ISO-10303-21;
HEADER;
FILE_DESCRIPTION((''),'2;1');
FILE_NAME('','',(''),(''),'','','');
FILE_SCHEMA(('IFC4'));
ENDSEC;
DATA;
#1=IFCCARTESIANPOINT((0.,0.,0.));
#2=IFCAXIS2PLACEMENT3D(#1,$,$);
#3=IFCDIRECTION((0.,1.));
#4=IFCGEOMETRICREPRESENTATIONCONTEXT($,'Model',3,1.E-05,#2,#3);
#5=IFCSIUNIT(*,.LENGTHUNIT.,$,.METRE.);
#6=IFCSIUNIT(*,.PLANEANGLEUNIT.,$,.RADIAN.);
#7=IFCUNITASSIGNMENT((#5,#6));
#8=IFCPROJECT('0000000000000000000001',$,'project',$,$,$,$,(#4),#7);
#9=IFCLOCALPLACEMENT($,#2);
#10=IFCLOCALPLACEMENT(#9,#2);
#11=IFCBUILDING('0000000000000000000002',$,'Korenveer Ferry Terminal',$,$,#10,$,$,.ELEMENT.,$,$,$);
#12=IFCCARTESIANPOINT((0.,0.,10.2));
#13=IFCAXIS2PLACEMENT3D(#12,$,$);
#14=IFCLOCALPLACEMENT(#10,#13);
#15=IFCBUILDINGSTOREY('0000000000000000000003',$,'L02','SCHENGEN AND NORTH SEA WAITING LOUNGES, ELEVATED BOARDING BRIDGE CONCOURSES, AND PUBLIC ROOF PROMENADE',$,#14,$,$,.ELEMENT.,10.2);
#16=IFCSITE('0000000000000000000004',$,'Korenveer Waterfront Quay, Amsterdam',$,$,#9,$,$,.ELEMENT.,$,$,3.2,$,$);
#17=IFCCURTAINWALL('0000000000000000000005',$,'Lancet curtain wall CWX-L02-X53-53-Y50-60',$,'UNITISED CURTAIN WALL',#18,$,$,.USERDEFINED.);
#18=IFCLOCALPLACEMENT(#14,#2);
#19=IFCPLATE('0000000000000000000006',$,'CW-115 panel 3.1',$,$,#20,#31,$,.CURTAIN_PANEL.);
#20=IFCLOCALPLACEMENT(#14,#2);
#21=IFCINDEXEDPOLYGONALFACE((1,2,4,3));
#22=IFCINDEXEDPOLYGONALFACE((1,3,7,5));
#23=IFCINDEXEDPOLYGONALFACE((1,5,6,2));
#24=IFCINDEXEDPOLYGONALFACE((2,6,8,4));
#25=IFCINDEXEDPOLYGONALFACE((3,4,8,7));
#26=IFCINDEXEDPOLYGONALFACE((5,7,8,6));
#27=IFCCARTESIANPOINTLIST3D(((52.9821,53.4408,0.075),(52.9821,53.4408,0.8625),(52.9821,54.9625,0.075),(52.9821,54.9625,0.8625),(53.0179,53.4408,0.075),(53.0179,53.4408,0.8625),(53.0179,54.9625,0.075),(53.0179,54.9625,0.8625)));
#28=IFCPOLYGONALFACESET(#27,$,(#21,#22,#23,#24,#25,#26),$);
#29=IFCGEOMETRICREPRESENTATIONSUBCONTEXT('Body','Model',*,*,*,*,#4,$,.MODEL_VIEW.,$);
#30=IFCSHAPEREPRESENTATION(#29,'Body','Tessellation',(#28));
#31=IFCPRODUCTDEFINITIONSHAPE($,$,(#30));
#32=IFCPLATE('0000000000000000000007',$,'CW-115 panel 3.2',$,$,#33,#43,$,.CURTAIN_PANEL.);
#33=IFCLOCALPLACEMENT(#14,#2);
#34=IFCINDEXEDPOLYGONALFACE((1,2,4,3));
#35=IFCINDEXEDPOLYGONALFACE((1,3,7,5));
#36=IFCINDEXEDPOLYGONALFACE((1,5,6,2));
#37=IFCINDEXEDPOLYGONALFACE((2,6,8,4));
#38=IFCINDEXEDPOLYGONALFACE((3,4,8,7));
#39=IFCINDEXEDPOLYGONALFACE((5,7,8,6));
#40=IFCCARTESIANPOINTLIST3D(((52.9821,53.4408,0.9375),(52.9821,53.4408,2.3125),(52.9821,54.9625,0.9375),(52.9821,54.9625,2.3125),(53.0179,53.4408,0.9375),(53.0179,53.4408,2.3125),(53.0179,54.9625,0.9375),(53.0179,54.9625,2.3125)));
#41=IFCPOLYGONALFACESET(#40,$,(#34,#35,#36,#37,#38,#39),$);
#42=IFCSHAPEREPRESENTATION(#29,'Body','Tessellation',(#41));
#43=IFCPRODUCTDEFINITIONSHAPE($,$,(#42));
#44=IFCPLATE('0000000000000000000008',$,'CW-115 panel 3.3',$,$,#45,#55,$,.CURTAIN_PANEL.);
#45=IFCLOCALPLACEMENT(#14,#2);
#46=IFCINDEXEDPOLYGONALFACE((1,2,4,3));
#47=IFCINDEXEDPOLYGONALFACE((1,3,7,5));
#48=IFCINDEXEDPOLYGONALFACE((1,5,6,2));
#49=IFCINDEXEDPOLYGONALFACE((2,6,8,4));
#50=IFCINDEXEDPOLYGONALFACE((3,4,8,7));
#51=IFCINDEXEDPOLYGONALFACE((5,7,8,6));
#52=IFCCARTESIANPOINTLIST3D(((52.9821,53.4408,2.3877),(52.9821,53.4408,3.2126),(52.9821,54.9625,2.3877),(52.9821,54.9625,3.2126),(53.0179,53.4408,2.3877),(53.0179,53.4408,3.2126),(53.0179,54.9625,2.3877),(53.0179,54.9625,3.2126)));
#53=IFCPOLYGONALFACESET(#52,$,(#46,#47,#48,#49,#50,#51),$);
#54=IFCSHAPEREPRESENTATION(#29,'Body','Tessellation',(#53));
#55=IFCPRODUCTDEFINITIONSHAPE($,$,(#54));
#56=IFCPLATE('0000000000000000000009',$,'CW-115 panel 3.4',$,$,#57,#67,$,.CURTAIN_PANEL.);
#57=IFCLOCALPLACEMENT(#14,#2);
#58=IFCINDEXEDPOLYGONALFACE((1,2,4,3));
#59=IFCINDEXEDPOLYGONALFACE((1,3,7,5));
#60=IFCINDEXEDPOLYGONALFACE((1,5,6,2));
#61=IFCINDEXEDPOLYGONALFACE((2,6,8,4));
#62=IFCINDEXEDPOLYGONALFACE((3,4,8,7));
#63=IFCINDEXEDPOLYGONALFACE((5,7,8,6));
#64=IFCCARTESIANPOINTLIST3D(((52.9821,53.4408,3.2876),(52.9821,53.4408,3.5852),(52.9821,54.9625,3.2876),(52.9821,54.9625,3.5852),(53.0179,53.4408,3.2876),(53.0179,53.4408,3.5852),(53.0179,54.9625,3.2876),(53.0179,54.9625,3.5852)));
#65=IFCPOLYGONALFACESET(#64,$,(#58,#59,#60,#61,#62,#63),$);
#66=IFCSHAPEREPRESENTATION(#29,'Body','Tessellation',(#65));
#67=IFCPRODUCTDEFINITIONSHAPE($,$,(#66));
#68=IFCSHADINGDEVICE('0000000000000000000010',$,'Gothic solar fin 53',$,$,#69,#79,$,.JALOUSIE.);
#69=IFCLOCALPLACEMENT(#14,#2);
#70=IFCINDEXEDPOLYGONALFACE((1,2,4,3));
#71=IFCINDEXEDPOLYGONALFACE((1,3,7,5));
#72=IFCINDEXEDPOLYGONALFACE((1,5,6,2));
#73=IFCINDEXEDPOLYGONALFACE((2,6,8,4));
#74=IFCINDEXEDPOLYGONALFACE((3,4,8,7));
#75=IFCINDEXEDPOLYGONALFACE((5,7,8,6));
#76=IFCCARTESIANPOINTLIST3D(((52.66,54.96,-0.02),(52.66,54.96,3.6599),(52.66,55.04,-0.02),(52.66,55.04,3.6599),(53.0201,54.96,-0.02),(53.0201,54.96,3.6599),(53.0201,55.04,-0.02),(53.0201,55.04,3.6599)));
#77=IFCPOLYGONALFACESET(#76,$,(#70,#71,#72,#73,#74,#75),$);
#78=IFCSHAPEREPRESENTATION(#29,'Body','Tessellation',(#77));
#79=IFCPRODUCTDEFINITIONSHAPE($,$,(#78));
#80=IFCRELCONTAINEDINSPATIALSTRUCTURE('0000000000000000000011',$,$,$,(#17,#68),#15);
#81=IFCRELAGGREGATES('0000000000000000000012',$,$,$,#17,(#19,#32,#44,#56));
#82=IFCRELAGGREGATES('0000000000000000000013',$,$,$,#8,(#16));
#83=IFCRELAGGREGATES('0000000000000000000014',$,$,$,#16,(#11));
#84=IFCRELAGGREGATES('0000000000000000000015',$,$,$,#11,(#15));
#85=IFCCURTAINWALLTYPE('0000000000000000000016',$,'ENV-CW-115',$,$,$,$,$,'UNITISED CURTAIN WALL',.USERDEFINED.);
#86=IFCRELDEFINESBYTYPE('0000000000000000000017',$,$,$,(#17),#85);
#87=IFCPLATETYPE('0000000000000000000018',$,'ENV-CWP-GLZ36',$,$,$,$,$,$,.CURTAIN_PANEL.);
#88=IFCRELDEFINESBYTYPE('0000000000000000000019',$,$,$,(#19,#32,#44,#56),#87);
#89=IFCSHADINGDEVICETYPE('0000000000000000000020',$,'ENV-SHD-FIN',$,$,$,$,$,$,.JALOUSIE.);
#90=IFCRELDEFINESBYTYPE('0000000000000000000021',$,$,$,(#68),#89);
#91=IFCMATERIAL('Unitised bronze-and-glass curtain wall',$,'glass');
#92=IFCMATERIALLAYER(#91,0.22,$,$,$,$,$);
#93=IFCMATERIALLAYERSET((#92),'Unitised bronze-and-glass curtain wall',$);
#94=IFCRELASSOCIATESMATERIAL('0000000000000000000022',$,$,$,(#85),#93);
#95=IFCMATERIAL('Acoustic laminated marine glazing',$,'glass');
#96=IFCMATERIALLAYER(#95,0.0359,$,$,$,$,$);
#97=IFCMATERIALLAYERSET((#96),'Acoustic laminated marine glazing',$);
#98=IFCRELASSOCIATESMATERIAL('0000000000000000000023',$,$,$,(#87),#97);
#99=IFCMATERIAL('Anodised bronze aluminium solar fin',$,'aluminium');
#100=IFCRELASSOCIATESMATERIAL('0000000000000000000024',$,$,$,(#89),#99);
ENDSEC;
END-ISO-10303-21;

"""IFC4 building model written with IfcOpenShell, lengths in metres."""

from ifc_helpers import new_model, si_unit, direction, frame, origin, origin_2d, place, context, subcontext, project, spatial, rectangle, extrude, material, layer, layer_set, type_object, element, aggregate, save


model = new_model("IFC4")

# Units and contexts
model_context = context("Model", 3, precision=1e-05, world=origin(), true_north=direction((0.0, 1.0)))
body_context = subcontext(model_context, "Body", "Model", "MODEL_VIEW")
ifc_project = project(units=[si_unit("LENGTHUNIT", "METRE"), si_unit("PLANEANGLEUNIT", "RADIAN")], contexts=[model_context])

# Site, building, storey
site_placement = place(None, origin())
site = spatial("IfcSite", under=ifc_project, at=site_placement, Name="Korenveer Waterfront Quay, Amsterdam", CompositionType="ELEMENT", RefElevation=3.2)
building_placement = place(site_placement, origin())
building = spatial("IfcBuilding", under=site, at=building_placement, Name="Korenveer Ferry Terminal", CompositionType="ELEMENT")
storey_placement = place(building_placement, frame((0.0, 0.0, 10.2)))
storey = spatial("IfcBuildingStorey", under=building, at=storey_placement, Name="L02", Description="SCHENGEN AND NORTH SEA WAITING LOUNGES, ELEVATED BOARDING BRIDGE CONCOURSES, AND PUBLIC ROOF PROMENADE", CompositionType="ELEMENT", Elevation=10.2)

# Curtain wall, plates
ifc_material_1 = material(Name="Unitised bronze-and-glass curtain wall", Category="glass")
ifc_layer_1 = layer(ifc_material_1, 0.22)
ifc_layer_set_1 = layer_set([ifc_layer_1], Name="Unitised bronze-and-glass curtain wall")
curtain_wall_type = type_object("IfcCurtainWallType", Name="ENV-CW-115", ElementType="UNITISED CURTAIN WALL", PredefinedType="USERDEFINED", material=ifc_layer_set_1)
curtain_wall_placement = place(storey_placement, frame((53.0, 50.21, 0.0)))
curtain_wall = element("IfcCurtainWall", 1, at=curtain_wall_placement, inside=storey, type_object=curtain_wall_type, Name="Lancet curtain wall CWX-L02-X53-53-Y50-60", ObjectType="UNITISED CURTAIN WALL", PredefinedType="USERDEFINED")
ifc_material_2 = material(Name="Acoustic laminated marine glazing", Category="glass")
ifc_layer_2 = layer(ifc_material_2, 0.0359)
ifc_layer_set_2 = layer_set([ifc_layer_2], Name="Acoustic laminated marine glazing")
plate_type = type_object("IfcPlateType", Name="ENV-CWP-GLZ36", PredefinedType="CURTAIN_PANEL", material=ifc_layer_set_2)
plate_1_placement = place(storey_placement, frame((53.0, 54.2017, 0.075), z_axis=(0.0, 0.0, 1.0), x_axis=(0.0, 1.0, 0.0)))
plate_1 = element("IfcPlate", 2, at=plate_1_placement, type_object=plate_type, Name="CW-115 panel 3.1", PredefinedType="CURTAIN_PANEL", context=body_context, shape_type="SweptSolid", body=[
    extrude(rectangle(XDim=1.5217, YDim=0.0359, at=origin_2d()), origin(), (0.0, 0.0, 1.0), 0.7876),
])
plate_2_placement = place(storey_placement, frame((53.0, 54.2017, 0.9375), z_axis=(0.0, 0.0, 1.0), x_axis=(0.0, 1.0, 0.0)))
plate_2 = element("IfcPlate", 3, at=plate_2_placement, type_object=plate_type, Name="CW-115 panel 3.2", PredefinedType="CURTAIN_PANEL", context=body_context, shape_type="SweptSolid", body=[
    extrude(rectangle(XDim=1.5217, YDim=0.0359, at=origin_2d()), origin(), (0.0, 0.0, 1.0), 1.375),
])
plate_3_placement = place(storey_placement, frame((53.0, 54.2017, 2.3877), z_axis=(0.0, 0.0, 1.0), x_axis=(0.0, 1.0, 0.0)))
plate_3 = element("IfcPlate", 4, at=plate_3_placement, type_object=plate_type, Name="CW-115 panel 3.3", PredefinedType="CURTAIN_PANEL", context=body_context, shape_type="SweptSolid", body=[
    extrude(rectangle(XDim=1.5217, YDim=0.0359, at=origin_2d()), origin(), (0.0, 0.0, 1.0), 0.825),
])
plate_4_placement = place(storey_placement, frame((53.0, 54.2017, 3.2876), z_axis=(0.0, 0.0, 1.0), x_axis=(0.0, 1.0, 0.0)))
plate_4 = element("IfcPlate", 5, at=plate_4_placement, type_object=plate_type, Name="CW-115 panel 3.4", PredefinedType="CURTAIN_PANEL", context=body_context, shape_type="SweptSolid", body=[
    extrude(rectangle(XDim=1.5217, YDim=0.0359, at=origin_2d()), origin(), (0.0, 0.0, 1.0), 0.2976),
])
aggregate(curtain_wall, [plate_1, plate_2, plate_3, plate_4])

# Shading device
ifc_material_3 = material(Name="Anodised bronze aluminium solar fin", Category="aluminium")
shading_device_type = type_object("IfcShadingDeviceType", Name="ENV-SHD-FIN", PredefinedType="JALOUSIE", material=ifc_material_3)
shading_device_placement = place(storey_placement, frame((52.8401, 55.0, -0.02), z_axis=(0.0, 0.0, 1.0), x_axis=(1.0, 0.0, 0.0)))
element("IfcShadingDevice", 6, at=shading_device_placement, inside=storey, type_object=shading_device_type, Name="Gothic solar fin 53", PredefinedType="JALOUSIE", context=body_context, shape_type="SweptSolid", body=[
    extrude(rectangle(XDim=0.3601, YDim=0.0801, at=origin_2d()), origin(), (0.0, 0.0, 1.0), 3.6799),
])

save(model, "model.ifc")
